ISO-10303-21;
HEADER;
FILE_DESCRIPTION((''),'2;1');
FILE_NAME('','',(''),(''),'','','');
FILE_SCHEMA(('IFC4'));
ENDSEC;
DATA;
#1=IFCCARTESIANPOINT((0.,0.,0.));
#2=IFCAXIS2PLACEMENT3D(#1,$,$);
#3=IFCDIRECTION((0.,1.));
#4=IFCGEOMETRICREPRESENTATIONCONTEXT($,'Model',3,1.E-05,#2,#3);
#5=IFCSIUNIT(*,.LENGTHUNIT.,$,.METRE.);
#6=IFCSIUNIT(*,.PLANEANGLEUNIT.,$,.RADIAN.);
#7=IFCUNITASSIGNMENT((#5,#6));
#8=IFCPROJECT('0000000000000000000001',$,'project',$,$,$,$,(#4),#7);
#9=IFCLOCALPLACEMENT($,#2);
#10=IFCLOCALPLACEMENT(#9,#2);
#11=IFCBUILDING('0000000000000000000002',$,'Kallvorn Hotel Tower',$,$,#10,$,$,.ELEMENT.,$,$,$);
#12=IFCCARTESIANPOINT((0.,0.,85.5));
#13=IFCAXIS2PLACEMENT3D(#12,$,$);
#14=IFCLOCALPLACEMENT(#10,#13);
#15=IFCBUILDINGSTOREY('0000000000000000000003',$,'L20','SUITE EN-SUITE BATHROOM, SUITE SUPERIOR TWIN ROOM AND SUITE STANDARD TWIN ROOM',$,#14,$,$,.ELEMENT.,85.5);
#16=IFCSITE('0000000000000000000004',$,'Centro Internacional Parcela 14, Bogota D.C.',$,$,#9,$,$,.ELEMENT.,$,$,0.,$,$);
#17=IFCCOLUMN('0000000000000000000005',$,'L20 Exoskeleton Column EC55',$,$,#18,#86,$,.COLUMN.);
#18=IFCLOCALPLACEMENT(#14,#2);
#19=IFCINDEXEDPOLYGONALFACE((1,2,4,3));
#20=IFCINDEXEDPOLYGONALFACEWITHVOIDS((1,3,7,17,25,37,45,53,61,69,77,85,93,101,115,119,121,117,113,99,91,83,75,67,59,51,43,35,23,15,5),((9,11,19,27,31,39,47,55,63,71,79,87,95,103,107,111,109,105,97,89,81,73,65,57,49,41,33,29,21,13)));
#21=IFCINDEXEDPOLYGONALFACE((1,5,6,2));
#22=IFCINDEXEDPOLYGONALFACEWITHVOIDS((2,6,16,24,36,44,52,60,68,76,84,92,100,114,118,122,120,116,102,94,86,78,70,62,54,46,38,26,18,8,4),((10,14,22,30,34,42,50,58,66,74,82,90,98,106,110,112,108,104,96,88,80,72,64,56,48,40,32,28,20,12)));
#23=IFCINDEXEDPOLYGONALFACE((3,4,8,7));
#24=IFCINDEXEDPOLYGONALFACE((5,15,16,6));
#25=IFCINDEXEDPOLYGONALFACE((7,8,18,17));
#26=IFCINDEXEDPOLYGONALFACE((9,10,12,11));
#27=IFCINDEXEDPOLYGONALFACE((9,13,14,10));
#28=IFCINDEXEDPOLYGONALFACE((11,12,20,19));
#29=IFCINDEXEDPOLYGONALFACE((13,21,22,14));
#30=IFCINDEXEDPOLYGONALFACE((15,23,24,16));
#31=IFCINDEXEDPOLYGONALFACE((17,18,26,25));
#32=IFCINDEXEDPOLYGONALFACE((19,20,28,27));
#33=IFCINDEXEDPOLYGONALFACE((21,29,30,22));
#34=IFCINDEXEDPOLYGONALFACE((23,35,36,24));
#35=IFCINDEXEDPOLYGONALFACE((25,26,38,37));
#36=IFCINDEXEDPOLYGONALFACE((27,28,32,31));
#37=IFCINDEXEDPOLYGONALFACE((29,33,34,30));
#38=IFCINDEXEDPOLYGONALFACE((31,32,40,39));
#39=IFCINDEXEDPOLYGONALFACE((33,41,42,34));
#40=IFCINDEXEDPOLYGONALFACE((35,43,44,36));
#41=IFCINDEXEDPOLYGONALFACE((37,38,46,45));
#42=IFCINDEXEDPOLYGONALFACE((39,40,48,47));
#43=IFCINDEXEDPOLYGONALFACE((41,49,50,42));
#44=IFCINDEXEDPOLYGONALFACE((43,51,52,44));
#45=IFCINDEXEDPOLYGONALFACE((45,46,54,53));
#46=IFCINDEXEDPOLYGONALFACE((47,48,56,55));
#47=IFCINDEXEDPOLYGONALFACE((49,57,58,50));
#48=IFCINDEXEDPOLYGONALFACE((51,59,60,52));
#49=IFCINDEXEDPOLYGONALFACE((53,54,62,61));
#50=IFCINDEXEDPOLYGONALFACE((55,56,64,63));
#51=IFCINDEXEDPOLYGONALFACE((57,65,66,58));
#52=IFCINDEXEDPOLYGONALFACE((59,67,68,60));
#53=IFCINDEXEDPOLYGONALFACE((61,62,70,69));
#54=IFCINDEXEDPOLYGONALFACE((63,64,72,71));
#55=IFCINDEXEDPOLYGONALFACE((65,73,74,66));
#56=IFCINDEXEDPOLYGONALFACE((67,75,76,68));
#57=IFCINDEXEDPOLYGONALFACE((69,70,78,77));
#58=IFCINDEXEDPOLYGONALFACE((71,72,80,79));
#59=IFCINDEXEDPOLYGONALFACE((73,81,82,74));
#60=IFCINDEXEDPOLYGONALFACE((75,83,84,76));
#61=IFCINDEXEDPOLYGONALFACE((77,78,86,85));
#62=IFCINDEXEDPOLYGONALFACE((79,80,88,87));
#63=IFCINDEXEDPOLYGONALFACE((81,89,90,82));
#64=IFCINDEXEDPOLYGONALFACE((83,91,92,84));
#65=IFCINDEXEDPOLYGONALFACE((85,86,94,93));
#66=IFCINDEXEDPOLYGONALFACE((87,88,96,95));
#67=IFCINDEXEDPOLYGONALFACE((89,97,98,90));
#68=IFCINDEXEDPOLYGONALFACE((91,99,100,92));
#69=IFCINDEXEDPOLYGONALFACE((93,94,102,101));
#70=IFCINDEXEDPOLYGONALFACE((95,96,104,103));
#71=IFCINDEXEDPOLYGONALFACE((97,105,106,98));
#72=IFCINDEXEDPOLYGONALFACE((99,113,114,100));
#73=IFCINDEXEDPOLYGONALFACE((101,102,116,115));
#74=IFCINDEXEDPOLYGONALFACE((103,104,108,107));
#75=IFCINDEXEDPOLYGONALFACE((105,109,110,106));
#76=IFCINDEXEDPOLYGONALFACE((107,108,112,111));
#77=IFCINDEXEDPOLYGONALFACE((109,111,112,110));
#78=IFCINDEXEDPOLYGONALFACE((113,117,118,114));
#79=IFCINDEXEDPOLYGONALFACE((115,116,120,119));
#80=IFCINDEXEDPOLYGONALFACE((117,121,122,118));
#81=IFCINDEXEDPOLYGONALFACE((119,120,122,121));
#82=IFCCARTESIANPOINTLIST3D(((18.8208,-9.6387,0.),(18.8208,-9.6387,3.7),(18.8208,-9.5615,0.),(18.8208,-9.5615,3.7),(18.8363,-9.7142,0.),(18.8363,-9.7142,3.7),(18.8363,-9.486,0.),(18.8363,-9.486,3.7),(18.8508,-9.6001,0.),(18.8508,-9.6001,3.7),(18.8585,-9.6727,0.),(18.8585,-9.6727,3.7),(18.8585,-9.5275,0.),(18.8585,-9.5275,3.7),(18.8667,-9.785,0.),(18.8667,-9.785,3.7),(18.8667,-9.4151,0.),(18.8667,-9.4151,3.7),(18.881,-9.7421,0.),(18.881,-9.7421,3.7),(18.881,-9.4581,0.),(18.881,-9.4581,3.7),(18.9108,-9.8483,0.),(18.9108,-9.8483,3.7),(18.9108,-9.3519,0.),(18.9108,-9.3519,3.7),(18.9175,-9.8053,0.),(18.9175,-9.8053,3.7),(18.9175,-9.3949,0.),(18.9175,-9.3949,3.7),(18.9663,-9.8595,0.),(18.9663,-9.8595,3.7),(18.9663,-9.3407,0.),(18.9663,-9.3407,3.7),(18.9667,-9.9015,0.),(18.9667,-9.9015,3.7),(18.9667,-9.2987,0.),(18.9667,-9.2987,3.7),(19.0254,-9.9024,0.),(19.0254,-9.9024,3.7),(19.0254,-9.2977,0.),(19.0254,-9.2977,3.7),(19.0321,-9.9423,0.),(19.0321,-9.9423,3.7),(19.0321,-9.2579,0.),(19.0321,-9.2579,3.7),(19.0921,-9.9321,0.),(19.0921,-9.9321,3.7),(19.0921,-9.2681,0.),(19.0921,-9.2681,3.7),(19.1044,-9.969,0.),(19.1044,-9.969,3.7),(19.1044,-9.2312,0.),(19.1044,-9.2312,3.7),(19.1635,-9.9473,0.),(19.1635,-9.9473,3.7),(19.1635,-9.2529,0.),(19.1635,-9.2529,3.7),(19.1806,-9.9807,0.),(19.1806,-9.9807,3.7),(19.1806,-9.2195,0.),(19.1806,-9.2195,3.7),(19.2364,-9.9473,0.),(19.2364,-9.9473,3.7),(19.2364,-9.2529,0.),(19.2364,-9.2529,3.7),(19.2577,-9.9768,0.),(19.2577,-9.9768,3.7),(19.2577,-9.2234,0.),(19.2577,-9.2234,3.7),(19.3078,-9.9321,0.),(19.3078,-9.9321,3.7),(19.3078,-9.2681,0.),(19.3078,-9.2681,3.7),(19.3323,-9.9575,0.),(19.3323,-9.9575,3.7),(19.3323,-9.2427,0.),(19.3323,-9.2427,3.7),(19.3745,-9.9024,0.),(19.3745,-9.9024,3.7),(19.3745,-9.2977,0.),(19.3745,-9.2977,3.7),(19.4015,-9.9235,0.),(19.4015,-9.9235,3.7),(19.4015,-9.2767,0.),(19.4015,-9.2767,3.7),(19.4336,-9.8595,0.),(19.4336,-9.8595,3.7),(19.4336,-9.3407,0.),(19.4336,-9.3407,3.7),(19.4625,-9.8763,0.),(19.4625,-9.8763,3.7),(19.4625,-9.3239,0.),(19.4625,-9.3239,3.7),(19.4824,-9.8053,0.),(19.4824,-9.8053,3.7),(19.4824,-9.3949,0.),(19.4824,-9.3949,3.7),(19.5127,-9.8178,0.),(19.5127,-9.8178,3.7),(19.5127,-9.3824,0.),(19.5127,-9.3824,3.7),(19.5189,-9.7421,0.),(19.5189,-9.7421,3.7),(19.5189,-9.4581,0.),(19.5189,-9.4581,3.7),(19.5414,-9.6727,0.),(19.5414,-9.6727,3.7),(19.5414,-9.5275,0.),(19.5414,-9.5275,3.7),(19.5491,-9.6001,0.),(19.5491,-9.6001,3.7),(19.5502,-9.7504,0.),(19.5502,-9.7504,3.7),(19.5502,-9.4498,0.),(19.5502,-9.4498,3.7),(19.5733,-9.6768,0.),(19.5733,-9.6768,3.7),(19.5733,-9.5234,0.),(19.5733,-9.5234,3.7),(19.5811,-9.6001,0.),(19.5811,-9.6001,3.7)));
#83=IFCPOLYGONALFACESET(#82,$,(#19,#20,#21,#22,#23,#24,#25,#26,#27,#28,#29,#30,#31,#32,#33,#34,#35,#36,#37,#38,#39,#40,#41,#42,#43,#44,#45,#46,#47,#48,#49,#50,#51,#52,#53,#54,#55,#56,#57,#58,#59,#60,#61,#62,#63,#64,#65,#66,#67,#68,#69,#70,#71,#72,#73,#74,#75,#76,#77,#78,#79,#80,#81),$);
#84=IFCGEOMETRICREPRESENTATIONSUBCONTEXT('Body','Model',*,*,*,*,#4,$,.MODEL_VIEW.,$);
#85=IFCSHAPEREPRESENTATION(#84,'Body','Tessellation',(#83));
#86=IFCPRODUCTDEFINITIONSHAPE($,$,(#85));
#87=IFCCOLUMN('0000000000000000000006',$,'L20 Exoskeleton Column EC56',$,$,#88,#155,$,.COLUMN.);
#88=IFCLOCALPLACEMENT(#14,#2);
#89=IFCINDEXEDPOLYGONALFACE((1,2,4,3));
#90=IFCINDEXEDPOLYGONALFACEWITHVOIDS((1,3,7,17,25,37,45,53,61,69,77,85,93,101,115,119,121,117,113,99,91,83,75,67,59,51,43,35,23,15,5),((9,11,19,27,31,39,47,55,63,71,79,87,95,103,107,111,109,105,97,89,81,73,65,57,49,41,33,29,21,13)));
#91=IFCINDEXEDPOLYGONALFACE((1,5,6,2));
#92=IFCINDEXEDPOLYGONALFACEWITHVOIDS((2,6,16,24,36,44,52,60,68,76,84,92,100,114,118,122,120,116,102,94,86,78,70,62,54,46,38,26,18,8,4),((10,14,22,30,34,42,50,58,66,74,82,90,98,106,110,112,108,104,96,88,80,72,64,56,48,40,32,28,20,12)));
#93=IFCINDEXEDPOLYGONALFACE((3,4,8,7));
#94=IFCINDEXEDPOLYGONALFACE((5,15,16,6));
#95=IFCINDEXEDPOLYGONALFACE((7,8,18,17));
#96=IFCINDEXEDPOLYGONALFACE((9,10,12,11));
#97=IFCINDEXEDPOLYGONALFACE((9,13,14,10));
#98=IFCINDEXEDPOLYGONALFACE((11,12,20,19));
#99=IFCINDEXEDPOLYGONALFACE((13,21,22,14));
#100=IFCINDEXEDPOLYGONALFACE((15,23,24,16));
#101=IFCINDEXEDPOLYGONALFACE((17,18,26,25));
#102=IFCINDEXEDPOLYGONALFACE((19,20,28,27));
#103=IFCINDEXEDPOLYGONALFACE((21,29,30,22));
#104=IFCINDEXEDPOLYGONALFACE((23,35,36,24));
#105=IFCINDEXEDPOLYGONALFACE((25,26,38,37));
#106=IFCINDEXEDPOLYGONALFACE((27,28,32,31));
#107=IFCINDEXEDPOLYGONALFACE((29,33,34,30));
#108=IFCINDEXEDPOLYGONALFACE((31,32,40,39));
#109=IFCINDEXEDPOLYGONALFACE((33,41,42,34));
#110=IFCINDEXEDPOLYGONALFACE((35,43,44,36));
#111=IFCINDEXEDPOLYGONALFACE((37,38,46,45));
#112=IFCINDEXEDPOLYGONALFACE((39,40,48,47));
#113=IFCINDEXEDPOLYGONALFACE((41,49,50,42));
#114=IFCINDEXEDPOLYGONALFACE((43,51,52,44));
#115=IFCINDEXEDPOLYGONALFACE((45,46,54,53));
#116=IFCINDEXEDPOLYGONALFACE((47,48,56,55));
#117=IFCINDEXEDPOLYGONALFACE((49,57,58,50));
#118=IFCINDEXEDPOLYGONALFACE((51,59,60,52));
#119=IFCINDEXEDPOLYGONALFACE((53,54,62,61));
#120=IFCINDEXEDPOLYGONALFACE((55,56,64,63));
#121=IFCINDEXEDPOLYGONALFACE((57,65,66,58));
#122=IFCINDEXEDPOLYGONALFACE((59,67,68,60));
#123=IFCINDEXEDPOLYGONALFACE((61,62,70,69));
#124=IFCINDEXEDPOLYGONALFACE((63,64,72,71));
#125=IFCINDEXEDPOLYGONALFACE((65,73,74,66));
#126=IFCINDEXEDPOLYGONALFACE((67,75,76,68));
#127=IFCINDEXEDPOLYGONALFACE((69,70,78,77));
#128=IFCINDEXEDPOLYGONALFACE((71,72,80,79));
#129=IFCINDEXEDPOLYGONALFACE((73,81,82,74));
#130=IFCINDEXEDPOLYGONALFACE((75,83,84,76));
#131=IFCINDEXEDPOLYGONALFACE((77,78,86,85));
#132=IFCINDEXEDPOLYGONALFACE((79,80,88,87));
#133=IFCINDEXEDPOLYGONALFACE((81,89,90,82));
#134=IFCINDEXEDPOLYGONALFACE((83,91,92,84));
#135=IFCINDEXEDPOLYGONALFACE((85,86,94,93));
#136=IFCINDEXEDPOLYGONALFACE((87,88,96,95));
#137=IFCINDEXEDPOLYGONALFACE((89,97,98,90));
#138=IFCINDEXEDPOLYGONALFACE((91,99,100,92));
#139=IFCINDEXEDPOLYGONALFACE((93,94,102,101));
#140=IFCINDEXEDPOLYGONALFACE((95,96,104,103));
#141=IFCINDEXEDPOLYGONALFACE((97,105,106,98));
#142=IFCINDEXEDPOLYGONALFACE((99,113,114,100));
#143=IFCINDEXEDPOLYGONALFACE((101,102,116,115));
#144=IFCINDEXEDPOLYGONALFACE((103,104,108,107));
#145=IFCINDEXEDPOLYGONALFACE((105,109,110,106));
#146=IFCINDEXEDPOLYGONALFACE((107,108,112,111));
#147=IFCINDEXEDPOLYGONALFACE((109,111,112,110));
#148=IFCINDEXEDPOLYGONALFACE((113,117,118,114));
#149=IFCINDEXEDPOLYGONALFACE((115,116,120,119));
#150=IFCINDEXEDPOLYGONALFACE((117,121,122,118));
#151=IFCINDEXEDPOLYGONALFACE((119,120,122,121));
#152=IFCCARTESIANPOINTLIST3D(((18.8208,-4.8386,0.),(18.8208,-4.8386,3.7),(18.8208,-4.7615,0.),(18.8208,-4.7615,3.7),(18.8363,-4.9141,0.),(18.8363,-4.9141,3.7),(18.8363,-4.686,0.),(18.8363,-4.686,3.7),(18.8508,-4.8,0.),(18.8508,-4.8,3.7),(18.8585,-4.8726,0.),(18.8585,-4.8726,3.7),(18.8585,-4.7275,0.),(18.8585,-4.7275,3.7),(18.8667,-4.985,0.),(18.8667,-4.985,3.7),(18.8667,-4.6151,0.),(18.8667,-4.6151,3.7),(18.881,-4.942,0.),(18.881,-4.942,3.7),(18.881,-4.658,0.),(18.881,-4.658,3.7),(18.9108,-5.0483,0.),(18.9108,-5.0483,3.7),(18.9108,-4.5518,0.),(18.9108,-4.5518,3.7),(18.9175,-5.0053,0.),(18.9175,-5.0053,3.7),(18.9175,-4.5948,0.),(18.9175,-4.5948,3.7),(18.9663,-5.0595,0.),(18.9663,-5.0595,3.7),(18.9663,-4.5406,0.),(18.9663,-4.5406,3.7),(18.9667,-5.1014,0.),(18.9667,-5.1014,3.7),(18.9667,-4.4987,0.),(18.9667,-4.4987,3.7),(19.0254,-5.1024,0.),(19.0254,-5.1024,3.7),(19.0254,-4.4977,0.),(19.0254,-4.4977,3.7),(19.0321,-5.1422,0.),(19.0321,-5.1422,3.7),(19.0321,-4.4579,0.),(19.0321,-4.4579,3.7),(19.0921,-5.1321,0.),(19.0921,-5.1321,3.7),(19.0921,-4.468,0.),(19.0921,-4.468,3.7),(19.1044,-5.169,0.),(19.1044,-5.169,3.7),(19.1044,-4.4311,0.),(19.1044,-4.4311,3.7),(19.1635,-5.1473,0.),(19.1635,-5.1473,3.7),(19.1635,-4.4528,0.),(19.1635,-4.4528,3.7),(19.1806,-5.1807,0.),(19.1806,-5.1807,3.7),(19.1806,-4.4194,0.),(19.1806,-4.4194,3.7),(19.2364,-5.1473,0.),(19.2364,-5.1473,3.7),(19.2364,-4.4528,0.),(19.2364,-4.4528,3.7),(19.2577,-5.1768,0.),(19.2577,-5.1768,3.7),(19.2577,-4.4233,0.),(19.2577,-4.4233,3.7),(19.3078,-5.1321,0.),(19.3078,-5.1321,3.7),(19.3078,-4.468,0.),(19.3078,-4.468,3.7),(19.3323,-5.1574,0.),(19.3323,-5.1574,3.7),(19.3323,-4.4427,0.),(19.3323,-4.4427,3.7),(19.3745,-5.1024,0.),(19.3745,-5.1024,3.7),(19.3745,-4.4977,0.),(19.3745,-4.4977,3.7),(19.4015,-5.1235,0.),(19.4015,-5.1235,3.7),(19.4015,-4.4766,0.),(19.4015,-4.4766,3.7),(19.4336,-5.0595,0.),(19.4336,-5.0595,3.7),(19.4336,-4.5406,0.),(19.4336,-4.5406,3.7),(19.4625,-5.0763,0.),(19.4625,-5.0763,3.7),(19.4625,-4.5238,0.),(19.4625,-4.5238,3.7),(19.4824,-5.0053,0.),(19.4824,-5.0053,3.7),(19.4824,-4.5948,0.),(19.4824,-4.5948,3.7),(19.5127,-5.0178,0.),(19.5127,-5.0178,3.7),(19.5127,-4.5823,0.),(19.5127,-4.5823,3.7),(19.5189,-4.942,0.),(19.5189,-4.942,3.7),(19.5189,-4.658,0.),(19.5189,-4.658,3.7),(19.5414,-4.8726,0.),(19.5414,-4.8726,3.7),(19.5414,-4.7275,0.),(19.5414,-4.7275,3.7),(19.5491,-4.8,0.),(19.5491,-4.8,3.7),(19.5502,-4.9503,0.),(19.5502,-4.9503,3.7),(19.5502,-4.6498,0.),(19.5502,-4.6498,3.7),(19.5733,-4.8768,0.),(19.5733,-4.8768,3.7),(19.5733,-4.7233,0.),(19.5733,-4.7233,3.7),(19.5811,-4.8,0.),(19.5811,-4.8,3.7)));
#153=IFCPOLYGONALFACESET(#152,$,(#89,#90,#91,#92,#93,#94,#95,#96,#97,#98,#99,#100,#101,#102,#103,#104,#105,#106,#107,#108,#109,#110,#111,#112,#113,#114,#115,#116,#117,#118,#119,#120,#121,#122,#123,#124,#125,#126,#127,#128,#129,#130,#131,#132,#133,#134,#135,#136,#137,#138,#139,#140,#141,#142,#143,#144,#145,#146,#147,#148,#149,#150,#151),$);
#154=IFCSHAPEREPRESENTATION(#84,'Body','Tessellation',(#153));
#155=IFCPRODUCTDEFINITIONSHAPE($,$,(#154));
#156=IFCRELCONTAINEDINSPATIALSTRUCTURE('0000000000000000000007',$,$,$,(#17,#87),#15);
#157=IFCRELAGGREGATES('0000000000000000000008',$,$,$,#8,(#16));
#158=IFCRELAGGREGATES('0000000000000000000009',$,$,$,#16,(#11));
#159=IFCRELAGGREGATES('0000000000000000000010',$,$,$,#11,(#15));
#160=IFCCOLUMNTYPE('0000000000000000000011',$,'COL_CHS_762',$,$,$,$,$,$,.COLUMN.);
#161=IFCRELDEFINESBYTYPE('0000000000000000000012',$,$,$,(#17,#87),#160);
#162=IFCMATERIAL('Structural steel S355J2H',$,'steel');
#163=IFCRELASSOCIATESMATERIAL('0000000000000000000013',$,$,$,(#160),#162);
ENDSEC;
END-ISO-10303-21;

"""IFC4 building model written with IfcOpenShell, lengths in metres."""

from ifc_helpers import new_model, si_unit, direction, frame, origin, origin_2d, place, context, subcontext, project, spatial, hollow_circle, extrude, material, material_profile, profile_set, type_object, element, save


model = new_model("IFC4")

# Units and contexts
model_context = context("Model", 3, precision=1e-05, world=origin(), true_north=direction((0.0, 1.0)))
body_context = subcontext(model_context, "Body", "Model", "MODEL_VIEW")
ifc_project = project(units=[si_unit("LENGTHUNIT", "METRE"), si_unit("PLANEANGLEUNIT", "RADIAN")], contexts=[model_context])

# Site, building, storey
site_placement = place(None, origin())
site = spatial("IfcSite", under=ifc_project, at=site_placement, Name="Centro Internacional Parcela 14, Bogota D.C.", CompositionType="ELEMENT", RefElevation=0.0)
building_placement = place(site_placement, origin())
building = spatial("IfcBuilding", under=site, at=building_placement, Name="Kallvorn Hotel Tower", CompositionType="ELEMENT")
storey_placement = place(building_placement, frame((0.0, 0.0, 85.5)))
storey = spatial("IfcBuildingStorey", under=building, at=storey_placement, Name="L20", Description="SUITE EN-SUITE BATHROOM, SUITE SUPERIOR TWIN ROOM AND SUITE STANDARD TWIN ROOM", CompositionType="ELEMENT", Elevation=85.5)

# Columns
ifc_material_1 = material(Name="Structural steel S355J2H", Category="steel")
ifc_material_profile_1 = material_profile(ifc_material_1, hollow_circle(Radius=0.3811, WallThickness=0.032, at=origin_2d()), Name="CHS 762x32")
ifc_profile_set_1 = profile_set([ifc_material_profile_1], Name="Structural steel S355J2H")
column_type_1 = type_object("IfcColumnType", Name="COL_CHS_762", PredefinedType="COLUMN", material=ifc_profile_set_1)
for number, where, z_axis, x_axis, name in (
    (1, (19.2, -9.6001, 0.0), (0.0, 0.0, 1.0), (1.0, 0.0, 0.0), "L20 Exoskeleton Column EC55"),
    (2, (19.2, -4.8, 0.0), (0.0, 0.0, 1.0), (1.0, 0.0, 0.0), "L20 Exoskeleton Column EC56"),
):
    element("IfcColumn", number, at=place(storey_placement, frame(where, z_axis=z_axis, x_axis=x_axis)), inside=storey, type_object=column_type_1, Name=name, PredefinedType="COLUMN", context=body_context, shape_type="SweptSolid", body=[
        extrude(hollow_circle(Radius=0.3811, WallThickness=0.032, at=origin_2d()), origin(), (0.0, 0.0, 1.0), 3.7),
    ])

save(model, "model.ifc")
